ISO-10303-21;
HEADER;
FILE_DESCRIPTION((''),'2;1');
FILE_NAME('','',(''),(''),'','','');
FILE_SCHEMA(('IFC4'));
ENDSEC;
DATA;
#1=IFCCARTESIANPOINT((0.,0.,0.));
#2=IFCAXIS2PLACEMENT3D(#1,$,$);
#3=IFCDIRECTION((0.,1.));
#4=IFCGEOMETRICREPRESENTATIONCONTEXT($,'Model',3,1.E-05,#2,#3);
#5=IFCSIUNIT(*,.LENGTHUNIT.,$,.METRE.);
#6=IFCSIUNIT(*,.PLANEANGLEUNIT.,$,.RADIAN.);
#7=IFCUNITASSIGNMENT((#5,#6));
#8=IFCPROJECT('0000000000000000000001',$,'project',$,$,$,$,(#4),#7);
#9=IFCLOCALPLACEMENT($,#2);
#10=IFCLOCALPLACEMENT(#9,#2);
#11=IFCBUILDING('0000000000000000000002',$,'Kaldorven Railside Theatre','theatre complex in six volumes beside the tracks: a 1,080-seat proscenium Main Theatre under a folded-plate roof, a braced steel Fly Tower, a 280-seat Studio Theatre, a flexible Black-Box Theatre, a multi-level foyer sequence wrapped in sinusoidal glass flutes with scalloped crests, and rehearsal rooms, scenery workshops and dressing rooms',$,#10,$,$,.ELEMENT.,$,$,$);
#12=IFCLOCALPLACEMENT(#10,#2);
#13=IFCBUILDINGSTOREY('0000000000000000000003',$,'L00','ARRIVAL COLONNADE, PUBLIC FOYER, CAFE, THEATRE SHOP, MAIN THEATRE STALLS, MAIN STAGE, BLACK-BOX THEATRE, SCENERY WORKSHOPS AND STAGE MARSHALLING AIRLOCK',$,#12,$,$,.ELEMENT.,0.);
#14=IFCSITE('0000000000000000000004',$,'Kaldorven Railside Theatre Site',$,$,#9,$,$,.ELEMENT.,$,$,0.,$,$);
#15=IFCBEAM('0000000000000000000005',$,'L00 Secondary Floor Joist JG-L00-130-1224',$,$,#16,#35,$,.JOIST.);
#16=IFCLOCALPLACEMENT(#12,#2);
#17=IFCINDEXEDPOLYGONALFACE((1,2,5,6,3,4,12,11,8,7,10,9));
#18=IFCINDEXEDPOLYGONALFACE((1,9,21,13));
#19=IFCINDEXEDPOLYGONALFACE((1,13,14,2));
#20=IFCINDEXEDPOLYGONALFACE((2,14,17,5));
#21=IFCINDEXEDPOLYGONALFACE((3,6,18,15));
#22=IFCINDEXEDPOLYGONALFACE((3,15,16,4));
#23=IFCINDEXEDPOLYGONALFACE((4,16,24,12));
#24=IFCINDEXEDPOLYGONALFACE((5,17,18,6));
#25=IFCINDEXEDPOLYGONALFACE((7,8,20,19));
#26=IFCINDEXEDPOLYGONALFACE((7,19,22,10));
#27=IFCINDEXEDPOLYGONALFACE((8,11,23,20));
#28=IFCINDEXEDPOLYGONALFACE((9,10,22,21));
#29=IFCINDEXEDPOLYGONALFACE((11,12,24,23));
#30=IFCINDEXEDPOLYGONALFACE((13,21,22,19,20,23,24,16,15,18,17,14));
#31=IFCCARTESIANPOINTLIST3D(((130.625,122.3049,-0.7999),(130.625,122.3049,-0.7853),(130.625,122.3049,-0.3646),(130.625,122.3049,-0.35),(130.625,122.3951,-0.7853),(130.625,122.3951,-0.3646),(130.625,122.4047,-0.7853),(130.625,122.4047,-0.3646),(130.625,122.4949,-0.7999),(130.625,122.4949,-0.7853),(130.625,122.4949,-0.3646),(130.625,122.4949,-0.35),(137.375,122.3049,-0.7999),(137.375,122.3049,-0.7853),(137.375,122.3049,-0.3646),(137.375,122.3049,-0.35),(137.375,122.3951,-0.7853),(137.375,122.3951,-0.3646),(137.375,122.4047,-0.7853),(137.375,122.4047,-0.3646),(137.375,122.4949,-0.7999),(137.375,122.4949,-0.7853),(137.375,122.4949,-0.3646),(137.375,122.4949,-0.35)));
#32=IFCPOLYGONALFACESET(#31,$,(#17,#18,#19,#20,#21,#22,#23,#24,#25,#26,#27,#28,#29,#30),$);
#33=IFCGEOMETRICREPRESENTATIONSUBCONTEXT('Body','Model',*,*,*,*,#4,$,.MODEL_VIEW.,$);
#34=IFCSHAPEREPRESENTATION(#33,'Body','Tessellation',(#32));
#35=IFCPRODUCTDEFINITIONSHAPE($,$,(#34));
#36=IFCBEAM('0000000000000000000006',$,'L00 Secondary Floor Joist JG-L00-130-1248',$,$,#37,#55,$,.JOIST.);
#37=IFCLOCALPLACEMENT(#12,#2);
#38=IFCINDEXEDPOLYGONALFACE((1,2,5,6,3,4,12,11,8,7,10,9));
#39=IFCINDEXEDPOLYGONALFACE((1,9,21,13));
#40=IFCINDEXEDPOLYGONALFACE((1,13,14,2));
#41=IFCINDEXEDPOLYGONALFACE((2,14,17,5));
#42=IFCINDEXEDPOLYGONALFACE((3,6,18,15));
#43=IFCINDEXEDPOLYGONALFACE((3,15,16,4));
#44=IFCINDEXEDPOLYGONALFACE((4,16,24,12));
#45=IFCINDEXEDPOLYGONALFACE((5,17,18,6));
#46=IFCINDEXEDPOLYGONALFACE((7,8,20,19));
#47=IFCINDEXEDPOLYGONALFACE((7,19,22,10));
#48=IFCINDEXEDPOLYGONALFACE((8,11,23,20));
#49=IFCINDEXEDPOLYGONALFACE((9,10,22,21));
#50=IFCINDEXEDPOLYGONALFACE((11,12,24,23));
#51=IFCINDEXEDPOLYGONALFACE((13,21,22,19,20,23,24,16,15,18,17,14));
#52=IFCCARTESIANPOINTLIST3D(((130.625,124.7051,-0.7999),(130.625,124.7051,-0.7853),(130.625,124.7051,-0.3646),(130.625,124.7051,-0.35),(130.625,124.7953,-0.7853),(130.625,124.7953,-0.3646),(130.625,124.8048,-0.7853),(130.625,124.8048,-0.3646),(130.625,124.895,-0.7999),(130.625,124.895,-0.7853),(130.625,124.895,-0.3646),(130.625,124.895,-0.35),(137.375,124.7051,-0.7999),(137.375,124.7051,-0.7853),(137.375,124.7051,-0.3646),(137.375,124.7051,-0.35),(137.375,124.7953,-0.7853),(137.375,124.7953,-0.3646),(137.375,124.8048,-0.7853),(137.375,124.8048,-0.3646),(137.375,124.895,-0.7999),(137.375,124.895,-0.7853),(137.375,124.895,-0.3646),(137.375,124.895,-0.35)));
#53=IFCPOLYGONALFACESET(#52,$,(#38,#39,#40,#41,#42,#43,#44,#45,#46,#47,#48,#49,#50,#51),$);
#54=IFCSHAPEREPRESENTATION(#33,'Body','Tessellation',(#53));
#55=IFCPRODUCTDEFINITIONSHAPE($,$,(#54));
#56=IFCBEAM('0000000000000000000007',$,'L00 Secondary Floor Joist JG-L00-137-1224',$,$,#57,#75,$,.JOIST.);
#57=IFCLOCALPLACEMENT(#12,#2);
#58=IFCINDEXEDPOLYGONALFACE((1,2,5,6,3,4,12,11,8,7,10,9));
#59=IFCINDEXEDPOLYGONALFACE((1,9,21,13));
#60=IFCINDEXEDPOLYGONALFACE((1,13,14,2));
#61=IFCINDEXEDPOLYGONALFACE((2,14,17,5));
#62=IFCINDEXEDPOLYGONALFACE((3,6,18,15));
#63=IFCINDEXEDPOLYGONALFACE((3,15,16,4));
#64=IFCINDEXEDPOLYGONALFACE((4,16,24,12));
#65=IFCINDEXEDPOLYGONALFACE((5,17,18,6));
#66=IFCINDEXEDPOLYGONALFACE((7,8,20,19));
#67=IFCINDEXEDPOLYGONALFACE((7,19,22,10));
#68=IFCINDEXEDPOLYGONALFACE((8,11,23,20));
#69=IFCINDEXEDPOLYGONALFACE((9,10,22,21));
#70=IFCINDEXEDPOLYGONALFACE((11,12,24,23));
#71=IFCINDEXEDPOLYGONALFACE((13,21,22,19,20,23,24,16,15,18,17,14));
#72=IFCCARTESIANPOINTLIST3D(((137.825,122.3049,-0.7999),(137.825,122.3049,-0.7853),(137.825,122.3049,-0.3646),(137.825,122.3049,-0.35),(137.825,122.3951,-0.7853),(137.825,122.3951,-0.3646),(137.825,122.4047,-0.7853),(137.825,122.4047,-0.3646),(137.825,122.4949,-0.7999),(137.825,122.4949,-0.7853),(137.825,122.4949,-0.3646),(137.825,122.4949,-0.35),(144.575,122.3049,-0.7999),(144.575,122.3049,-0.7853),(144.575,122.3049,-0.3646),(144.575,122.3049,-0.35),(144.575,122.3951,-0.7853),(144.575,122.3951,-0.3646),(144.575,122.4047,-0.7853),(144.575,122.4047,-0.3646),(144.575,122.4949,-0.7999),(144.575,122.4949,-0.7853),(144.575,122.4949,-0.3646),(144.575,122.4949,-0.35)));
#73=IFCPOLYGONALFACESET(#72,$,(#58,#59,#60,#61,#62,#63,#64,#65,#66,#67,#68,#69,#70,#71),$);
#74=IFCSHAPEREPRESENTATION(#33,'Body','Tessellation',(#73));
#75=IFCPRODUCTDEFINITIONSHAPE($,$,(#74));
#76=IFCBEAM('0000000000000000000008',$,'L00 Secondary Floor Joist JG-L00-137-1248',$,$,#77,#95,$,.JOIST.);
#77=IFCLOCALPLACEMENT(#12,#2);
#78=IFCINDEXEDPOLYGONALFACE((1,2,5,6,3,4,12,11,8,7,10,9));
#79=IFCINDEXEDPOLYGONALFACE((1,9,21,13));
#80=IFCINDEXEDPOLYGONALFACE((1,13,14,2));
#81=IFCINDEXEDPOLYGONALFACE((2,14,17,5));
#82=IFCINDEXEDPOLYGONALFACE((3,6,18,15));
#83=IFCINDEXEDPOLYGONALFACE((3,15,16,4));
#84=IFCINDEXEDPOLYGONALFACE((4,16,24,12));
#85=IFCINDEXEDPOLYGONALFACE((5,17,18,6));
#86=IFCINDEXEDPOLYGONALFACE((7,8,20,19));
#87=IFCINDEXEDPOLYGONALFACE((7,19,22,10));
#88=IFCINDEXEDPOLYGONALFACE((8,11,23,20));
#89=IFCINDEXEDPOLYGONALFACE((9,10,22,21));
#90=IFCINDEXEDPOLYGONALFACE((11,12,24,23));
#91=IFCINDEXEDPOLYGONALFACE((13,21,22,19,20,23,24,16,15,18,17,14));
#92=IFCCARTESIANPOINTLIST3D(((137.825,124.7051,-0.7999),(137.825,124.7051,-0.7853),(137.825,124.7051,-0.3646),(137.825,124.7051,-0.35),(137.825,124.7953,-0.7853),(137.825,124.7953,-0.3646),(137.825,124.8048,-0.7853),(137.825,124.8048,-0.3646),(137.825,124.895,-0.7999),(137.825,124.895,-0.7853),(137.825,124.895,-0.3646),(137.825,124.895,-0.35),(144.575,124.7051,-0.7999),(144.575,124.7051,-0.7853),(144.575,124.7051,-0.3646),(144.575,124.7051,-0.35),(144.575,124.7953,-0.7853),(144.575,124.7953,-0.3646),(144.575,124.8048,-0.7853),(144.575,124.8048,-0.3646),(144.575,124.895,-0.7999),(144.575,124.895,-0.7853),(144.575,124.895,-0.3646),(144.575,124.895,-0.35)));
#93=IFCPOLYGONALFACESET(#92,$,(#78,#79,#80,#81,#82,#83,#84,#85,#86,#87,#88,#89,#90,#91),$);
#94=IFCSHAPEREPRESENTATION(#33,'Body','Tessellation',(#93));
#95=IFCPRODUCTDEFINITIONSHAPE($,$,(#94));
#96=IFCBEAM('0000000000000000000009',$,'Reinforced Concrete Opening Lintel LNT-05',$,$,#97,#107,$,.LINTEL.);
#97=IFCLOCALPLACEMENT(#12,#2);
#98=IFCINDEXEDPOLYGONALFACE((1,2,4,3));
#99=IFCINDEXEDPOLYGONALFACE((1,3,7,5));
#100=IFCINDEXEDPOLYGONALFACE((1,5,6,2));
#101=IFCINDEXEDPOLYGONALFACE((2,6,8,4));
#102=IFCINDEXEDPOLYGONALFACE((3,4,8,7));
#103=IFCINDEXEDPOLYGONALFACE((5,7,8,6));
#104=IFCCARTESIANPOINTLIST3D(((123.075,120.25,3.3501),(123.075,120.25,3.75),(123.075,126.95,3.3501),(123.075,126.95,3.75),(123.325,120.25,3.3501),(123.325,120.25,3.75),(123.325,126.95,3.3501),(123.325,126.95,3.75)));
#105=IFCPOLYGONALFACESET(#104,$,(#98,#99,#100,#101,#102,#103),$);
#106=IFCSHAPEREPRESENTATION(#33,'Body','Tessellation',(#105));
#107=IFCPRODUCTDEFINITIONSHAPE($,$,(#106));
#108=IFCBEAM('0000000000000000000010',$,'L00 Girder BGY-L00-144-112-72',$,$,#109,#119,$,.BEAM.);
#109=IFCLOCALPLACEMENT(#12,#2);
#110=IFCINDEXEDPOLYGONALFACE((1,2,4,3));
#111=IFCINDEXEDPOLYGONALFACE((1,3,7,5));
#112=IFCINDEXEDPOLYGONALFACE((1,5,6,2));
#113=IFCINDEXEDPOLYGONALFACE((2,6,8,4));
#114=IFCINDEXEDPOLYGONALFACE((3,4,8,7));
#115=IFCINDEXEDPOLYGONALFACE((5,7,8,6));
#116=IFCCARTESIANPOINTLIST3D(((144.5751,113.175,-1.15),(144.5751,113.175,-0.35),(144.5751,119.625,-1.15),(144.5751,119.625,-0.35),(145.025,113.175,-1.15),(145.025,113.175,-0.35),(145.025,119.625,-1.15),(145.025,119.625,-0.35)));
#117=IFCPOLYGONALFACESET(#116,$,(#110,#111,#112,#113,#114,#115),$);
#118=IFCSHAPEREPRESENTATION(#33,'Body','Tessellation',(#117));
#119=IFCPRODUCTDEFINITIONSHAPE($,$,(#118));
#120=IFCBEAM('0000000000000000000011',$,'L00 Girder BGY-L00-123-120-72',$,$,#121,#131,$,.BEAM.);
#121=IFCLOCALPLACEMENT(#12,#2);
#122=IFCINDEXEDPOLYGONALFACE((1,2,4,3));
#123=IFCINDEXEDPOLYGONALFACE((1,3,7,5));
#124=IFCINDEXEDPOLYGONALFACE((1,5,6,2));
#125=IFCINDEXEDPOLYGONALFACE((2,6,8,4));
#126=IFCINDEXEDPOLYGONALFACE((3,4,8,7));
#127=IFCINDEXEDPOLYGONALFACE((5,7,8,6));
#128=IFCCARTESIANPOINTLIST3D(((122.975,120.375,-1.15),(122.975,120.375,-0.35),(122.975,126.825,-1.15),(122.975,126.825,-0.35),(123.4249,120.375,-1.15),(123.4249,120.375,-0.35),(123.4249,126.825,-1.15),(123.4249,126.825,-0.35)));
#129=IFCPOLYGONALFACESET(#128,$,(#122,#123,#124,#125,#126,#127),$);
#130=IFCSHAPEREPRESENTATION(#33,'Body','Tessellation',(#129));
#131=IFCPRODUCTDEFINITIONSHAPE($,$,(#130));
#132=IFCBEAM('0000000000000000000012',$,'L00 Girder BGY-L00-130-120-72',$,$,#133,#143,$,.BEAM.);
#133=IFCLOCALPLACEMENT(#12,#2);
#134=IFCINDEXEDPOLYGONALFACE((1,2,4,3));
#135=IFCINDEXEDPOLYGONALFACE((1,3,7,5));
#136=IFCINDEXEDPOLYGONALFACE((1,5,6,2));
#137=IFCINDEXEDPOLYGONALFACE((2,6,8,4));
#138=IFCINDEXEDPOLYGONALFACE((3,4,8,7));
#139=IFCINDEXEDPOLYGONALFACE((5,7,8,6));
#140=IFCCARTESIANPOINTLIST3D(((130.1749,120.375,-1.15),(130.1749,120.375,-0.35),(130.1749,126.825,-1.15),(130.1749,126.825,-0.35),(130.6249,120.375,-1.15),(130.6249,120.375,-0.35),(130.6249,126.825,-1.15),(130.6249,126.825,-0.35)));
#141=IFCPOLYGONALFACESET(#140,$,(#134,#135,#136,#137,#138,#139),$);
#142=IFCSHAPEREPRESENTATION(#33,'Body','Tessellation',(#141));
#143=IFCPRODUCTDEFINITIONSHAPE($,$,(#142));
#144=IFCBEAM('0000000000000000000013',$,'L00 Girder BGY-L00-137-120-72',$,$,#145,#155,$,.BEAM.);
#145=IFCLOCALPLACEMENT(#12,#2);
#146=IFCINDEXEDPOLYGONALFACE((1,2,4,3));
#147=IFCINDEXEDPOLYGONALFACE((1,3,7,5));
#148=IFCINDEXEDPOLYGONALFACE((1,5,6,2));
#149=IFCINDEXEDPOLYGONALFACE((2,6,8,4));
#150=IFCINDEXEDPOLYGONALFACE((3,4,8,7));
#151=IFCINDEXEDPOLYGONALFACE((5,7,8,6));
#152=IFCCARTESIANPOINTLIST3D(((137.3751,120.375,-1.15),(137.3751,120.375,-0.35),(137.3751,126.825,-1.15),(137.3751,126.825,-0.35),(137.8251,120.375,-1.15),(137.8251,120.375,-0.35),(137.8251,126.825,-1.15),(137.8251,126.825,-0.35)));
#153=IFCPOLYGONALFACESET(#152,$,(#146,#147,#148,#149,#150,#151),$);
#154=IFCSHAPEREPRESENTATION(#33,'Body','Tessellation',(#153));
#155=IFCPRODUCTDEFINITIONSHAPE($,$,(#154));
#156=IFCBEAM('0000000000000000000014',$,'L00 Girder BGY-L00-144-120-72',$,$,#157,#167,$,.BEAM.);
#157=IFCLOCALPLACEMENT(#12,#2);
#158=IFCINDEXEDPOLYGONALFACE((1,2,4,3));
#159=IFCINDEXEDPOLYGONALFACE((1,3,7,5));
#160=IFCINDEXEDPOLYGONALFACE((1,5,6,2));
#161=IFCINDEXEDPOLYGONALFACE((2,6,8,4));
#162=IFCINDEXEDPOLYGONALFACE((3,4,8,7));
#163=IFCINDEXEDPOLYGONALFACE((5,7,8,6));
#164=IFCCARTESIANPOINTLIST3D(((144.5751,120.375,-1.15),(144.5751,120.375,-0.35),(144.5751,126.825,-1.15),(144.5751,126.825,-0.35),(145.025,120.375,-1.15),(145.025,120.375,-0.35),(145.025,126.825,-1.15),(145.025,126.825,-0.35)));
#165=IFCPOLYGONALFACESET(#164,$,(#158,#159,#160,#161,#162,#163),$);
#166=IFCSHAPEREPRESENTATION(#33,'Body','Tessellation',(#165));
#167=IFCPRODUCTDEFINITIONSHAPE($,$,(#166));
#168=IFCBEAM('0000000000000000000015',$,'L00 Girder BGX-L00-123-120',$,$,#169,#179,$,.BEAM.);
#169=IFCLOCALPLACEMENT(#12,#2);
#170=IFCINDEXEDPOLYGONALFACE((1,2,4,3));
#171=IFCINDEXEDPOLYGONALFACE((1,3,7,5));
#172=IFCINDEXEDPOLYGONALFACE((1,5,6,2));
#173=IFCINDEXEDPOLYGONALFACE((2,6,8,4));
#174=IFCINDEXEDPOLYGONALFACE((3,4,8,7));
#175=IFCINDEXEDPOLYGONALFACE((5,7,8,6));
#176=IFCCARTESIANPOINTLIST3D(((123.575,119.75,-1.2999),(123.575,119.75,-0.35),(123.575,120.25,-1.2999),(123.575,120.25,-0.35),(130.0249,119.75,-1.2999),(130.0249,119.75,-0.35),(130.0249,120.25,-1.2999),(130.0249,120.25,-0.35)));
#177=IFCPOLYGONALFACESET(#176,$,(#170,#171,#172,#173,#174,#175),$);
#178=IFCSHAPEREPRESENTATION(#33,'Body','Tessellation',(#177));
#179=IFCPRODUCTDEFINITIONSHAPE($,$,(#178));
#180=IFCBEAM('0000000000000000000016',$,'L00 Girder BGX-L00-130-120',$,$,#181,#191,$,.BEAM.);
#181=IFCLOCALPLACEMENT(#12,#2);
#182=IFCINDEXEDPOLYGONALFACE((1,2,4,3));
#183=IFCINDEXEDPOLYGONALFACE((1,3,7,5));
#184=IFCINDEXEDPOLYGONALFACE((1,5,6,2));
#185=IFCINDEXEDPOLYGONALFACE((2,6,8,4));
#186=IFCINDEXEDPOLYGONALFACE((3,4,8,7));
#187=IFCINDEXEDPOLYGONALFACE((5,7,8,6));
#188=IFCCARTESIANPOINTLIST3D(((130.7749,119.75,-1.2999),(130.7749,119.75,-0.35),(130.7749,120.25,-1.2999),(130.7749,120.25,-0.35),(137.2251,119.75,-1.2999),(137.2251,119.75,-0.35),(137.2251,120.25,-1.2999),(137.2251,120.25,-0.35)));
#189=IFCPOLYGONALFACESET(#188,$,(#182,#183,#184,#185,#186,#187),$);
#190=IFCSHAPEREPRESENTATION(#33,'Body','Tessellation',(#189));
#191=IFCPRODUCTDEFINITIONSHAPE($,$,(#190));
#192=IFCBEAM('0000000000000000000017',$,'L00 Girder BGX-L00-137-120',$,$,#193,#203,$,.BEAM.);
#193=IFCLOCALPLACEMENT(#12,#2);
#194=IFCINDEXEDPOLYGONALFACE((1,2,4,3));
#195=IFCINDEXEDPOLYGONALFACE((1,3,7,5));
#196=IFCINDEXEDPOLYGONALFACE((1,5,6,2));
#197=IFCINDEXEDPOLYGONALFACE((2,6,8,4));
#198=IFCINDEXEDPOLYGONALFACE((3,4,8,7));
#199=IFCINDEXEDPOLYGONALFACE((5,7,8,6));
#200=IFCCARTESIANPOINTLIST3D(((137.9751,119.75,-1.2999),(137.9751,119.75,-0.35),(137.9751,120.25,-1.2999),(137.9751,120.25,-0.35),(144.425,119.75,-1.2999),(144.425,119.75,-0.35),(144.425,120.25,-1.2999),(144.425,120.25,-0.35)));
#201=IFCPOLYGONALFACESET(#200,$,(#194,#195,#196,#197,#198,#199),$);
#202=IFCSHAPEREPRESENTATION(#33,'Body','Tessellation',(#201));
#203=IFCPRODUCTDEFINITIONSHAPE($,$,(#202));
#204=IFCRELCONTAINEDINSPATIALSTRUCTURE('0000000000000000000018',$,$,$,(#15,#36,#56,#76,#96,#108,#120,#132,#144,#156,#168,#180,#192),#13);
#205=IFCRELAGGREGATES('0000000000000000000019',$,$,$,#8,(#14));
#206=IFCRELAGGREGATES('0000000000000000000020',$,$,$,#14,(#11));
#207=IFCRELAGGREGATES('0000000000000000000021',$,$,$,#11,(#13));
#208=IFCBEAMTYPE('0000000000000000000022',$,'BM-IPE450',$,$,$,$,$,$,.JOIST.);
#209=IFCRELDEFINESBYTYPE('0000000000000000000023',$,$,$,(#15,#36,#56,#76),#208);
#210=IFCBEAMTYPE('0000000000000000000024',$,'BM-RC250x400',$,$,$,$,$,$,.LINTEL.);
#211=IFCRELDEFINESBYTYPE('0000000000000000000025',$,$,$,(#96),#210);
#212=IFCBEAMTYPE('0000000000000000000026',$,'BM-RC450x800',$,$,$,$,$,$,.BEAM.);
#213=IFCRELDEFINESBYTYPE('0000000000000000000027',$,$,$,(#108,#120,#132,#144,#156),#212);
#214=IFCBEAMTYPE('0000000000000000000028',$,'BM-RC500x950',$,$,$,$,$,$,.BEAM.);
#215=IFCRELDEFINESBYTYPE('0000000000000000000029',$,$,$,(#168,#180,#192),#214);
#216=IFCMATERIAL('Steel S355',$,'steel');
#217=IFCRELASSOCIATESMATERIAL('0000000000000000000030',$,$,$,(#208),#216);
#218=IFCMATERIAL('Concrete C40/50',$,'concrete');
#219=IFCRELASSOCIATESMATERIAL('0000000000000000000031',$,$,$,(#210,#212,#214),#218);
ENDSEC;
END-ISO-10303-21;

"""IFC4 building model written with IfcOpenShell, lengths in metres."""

from ifc_helpers import new_model, si_unit, direction, frame, origin, origin_2d, place, context, subcontext, project, spatial, rectangle, i_section, extrude, material, material_profile, profile_set, type_object, element, save


model = new_model("IFC4")

# Units and contexts
model_context = context("Model", 3, precision=1e-05, world=origin(), true_north=direction((0.0, 1.0)))
body_context = subcontext(model_context, "Body", "Model", "MODEL_VIEW")
ifc_project = project(units=[si_unit("LENGTHUNIT", "METRE"), si_unit("PLANEANGLEUNIT", "RADIAN")], contexts=[model_context])

# Site, building, storey
site_placement = place(None, origin())
site = spatial("IfcSite", under=ifc_project, at=site_placement, Name="Kaldorven Railside Theatre Site", CompositionType="ELEMENT", RefElevation=0.0)
building_placement = place(site_placement, origin())
building = spatial("IfcBuilding", under=site, at=building_placement, Name="Kaldorven Railside Theatre", Description="theatre complex in six volumes beside the tracks: a 1,080-seat proscenium Main Theatre under a folded-plate roof, a braced steel Fly Tower, a 280-seat Studio Theatre, a flexible Black-Box Theatre, a multi-level foyer sequence wrapped in sinusoidal glass flutes with scalloped crests, and rehearsal rooms, scenery workshops and dressing rooms", CompositionType="ELEMENT")
storey_placement = place(building_placement, origin())
storey = spatial("IfcBuildingStorey", under=building, at=storey_placement, Name="L00", Description="ARRIVAL COLONNADE, PUBLIC FOYER, CAFE, THEATRE SHOP, MAIN THEATRE STALLS, MAIN STAGE, BLACK-BOX THEATRE, SCENERY WORKSHOPS AND STAGE MARSHALLING AIRLOCK", CompositionType="ELEMENT", Elevation=0.0)

# Shared definitions
ifc_material_1 = material(Name="Concrete C40/50", Category="concrete")

# Beams
ifc_material_2 = material(Name="Steel S355", Category="steel")
ifc_material_profile_1 = material_profile(ifc_material_2, i_section(OverallWidth=0.1899, OverallDepth=0.45, WebThickness=0.0095, FlangeThickness=0.0146, at=origin_2d()), Name="IPE 450")
ifc_profile_set_1 = profile_set([ifc_material_profile_1], Name="Steel S355")
beam_type_1 = type_object("IfcBeamType", Name="BM-IPE450", PredefinedType="JOIST", material=ifc_profile_set_1)
for number, where, z_axis, x_axis, name in (
    (1, (130.625, 122.3999, -0.575), (1.0, 0.0, 0.0), (0.0, 1.0, 0.0), "L00 Secondary Floor Joist JG-L00-130-1224"),
    (2, (130.625, 124.8, -0.575), (1.0, 0.0, 0.0), (0.0, 1.0, 0.0), "L00 Secondary Floor Joist JG-L00-130-1248"),
    (3, (137.825, 122.3999, -0.575), (1.0, 0.0, 0.0), (0.0, 1.0, 0.0), "L00 Secondary Floor Joist JG-L00-137-1224"),
    (4, (137.825, 124.8, -0.575), (1.0, 0.0, 0.0), (0.0, 1.0, 0.0), "L00 Secondary Floor Joist JG-L00-137-1248"),
):
    element("IfcBeam", number, at=place(storey_placement, frame(where, z_axis=z_axis, x_axis=x_axis)), inside=storey, type_object=beam_type_1, Name=name, PredefinedType="JOIST", context=body_context, shape_type="SweptSolid", body=[
        extrude(i_section(OverallWidth=0.1899, OverallDepth=0.45, WebThickness=0.0095, FlangeThickness=0.0146, at=origin_2d()), origin(), (0.0, 0.0, 1.0), 6.75),
    ])
ifc_material_profile_2 = material_profile(ifc_material_1, rectangle(XDim=0.25, YDim=0.3999, at=origin_2d()), Name="RC 250x400")
ifc_profile_set_2 = profile_set([ifc_material_profile_2], Name="Concrete C40/50")
beam_type_2 = type_object("IfcBeamType", Name="BM-RC250x400", PredefinedType="LINTEL", material=ifc_profile_set_2)
beam_1_placement = place(storey_placement, frame((123.2, 120.25, 3.55), z_axis=(0.0, 1.0, 0.0), x_axis=(-1.0, 0.0, 0.0)))
element("IfcBeam", 5, at=beam_1_placement, inside=storey, type_object=beam_type_2, Name="Reinforced Concrete Opening Lintel LNT-05", PredefinedType="LINTEL", context=body_context, shape_type="SweptSolid", body=[
    extrude(rectangle(XDim=0.25, YDim=0.3999, at=origin_2d()), origin(), (0.0, 0.0, 1.0), 6.7),
])
ifc_material_profile_3 = material_profile(ifc_material_1, rectangle(XDim=0.45, YDim=0.8, at=origin_2d()), Name="RC 450x800")
ifc_profile_set_3 = profile_set([ifc_material_profile_3], Name="Concrete C40/50")
beam_type_3 = type_object("IfcBeamType", Name="BM-RC450x800", PredefinedType="BEAM", material=ifc_profile_set_3)
for number, where, z_axis, x_axis, name in (
    (6, (144.8, 113.175, -0.75), (0.0, 1.0, 0.0), (-1.0, 0.0, 0.0), "L00 Girder BGY-L00-144-112-72"),
    (7, (123.2, 120.375, -0.75), (0.0, 1.0, 0.0), (-1.0, 0.0, 0.0), "L00 Girder BGY-L00-123-120-72"),
    (8, (130.3999, 120.375, -0.75), (0.0, 1.0, 0.0), (-1.0, 0.0, 0.0), "L00 Girder BGY-L00-130-120-72"),
    (9, (137.6001, 120.375, -0.75), (0.0, 1.0, 0.0), (-1.0, 0.0, 0.0), "L00 Girder BGY-L00-137-120-72"),
    (10, (144.8, 120.375, -0.75), (0.0, 1.0, 0.0), (-1.0, 0.0, 0.0), "L00 Girder BGY-L00-144-120-72"),
):
    element("IfcBeam", number, at=place(storey_placement, frame(where, z_axis=z_axis, x_axis=x_axis)), inside=storey, type_object=beam_type_3, Name=name, PredefinedType="BEAM", context=body_context, shape_type="SweptSolid", body=[
        extrude(rectangle(XDim=0.45, YDim=0.8, at=origin_2d()), origin(), (0.0, 0.0, 1.0), 6.45),
    ])
ifc_material_profile_4 = material_profile(ifc_material_1, rectangle(XDim=0.5, YDim=0.95, at=origin_2d()), Name="RC 500x950")
ifc_profile_set_4 = profile_set([ifc_material_profile_4], Name="Concrete C40/50")
beam_type_4 = type_object("IfcBeamType", Name="BM-RC500x950", PredefinedType="BEAM", material=ifc_profile_set_4)
beam_2_placement = place(storey_placement, frame((123.575, 120.0, -0.825), z_axis=(1.0, 0.0, 0.0), x_axis=(0.0, 1.0, 0.0)))
element("IfcBeam", 11, at=beam_2_placement, inside=storey, type_object=beam_type_4, Name="L00 Girder BGX-L00-123-120", PredefinedType="BEAM", context=body_context, shape_type="SweptSolid", body=[
    extrude(rectangle(XDim=0.5, YDim=0.95, at=origin_2d()), origin(), (0.0, 0.0, 1.0), 6.45),
])
beam_3_placement = place(storey_placement, frame((130.7749, 120.0, -0.825), z_axis=(1.0, 0.0, 0.0), x_axis=(0.0, 1.0, 0.0)))
element("IfcBeam", 12, at=beam_3_placement, inside=storey, type_object=beam_type_4, Name="L00 Girder BGX-L00-130-120", PredefinedType="BEAM", context=body_context, shape_type="SweptSolid", body=[
    extrude(rectangle(XDim=0.5, YDim=0.95, at=origin_2d()), origin(), (0.0, 0.0, 1.0), 6.4502),
])
beam_4_placement = place(storey_placement, frame((137.9751, 120.0, -0.825), z_axis=(1.0, 0.0, 0.0), x_axis=(0.0, 1.0, 0.0)))
element("IfcBeam", 13, at=beam_4_placement, inside=storey, type_object=beam_type_4, Name="L00 Girder BGX-L00-137-120", PredefinedType="BEAM", context=body_context, shape_type="SweptSolid", body=[
    extrude(rectangle(XDim=0.5, YDim=0.95, at=origin_2d()), origin(), (0.0, 0.0, 1.0), 6.45),
])

save(model, "model.ifc")
